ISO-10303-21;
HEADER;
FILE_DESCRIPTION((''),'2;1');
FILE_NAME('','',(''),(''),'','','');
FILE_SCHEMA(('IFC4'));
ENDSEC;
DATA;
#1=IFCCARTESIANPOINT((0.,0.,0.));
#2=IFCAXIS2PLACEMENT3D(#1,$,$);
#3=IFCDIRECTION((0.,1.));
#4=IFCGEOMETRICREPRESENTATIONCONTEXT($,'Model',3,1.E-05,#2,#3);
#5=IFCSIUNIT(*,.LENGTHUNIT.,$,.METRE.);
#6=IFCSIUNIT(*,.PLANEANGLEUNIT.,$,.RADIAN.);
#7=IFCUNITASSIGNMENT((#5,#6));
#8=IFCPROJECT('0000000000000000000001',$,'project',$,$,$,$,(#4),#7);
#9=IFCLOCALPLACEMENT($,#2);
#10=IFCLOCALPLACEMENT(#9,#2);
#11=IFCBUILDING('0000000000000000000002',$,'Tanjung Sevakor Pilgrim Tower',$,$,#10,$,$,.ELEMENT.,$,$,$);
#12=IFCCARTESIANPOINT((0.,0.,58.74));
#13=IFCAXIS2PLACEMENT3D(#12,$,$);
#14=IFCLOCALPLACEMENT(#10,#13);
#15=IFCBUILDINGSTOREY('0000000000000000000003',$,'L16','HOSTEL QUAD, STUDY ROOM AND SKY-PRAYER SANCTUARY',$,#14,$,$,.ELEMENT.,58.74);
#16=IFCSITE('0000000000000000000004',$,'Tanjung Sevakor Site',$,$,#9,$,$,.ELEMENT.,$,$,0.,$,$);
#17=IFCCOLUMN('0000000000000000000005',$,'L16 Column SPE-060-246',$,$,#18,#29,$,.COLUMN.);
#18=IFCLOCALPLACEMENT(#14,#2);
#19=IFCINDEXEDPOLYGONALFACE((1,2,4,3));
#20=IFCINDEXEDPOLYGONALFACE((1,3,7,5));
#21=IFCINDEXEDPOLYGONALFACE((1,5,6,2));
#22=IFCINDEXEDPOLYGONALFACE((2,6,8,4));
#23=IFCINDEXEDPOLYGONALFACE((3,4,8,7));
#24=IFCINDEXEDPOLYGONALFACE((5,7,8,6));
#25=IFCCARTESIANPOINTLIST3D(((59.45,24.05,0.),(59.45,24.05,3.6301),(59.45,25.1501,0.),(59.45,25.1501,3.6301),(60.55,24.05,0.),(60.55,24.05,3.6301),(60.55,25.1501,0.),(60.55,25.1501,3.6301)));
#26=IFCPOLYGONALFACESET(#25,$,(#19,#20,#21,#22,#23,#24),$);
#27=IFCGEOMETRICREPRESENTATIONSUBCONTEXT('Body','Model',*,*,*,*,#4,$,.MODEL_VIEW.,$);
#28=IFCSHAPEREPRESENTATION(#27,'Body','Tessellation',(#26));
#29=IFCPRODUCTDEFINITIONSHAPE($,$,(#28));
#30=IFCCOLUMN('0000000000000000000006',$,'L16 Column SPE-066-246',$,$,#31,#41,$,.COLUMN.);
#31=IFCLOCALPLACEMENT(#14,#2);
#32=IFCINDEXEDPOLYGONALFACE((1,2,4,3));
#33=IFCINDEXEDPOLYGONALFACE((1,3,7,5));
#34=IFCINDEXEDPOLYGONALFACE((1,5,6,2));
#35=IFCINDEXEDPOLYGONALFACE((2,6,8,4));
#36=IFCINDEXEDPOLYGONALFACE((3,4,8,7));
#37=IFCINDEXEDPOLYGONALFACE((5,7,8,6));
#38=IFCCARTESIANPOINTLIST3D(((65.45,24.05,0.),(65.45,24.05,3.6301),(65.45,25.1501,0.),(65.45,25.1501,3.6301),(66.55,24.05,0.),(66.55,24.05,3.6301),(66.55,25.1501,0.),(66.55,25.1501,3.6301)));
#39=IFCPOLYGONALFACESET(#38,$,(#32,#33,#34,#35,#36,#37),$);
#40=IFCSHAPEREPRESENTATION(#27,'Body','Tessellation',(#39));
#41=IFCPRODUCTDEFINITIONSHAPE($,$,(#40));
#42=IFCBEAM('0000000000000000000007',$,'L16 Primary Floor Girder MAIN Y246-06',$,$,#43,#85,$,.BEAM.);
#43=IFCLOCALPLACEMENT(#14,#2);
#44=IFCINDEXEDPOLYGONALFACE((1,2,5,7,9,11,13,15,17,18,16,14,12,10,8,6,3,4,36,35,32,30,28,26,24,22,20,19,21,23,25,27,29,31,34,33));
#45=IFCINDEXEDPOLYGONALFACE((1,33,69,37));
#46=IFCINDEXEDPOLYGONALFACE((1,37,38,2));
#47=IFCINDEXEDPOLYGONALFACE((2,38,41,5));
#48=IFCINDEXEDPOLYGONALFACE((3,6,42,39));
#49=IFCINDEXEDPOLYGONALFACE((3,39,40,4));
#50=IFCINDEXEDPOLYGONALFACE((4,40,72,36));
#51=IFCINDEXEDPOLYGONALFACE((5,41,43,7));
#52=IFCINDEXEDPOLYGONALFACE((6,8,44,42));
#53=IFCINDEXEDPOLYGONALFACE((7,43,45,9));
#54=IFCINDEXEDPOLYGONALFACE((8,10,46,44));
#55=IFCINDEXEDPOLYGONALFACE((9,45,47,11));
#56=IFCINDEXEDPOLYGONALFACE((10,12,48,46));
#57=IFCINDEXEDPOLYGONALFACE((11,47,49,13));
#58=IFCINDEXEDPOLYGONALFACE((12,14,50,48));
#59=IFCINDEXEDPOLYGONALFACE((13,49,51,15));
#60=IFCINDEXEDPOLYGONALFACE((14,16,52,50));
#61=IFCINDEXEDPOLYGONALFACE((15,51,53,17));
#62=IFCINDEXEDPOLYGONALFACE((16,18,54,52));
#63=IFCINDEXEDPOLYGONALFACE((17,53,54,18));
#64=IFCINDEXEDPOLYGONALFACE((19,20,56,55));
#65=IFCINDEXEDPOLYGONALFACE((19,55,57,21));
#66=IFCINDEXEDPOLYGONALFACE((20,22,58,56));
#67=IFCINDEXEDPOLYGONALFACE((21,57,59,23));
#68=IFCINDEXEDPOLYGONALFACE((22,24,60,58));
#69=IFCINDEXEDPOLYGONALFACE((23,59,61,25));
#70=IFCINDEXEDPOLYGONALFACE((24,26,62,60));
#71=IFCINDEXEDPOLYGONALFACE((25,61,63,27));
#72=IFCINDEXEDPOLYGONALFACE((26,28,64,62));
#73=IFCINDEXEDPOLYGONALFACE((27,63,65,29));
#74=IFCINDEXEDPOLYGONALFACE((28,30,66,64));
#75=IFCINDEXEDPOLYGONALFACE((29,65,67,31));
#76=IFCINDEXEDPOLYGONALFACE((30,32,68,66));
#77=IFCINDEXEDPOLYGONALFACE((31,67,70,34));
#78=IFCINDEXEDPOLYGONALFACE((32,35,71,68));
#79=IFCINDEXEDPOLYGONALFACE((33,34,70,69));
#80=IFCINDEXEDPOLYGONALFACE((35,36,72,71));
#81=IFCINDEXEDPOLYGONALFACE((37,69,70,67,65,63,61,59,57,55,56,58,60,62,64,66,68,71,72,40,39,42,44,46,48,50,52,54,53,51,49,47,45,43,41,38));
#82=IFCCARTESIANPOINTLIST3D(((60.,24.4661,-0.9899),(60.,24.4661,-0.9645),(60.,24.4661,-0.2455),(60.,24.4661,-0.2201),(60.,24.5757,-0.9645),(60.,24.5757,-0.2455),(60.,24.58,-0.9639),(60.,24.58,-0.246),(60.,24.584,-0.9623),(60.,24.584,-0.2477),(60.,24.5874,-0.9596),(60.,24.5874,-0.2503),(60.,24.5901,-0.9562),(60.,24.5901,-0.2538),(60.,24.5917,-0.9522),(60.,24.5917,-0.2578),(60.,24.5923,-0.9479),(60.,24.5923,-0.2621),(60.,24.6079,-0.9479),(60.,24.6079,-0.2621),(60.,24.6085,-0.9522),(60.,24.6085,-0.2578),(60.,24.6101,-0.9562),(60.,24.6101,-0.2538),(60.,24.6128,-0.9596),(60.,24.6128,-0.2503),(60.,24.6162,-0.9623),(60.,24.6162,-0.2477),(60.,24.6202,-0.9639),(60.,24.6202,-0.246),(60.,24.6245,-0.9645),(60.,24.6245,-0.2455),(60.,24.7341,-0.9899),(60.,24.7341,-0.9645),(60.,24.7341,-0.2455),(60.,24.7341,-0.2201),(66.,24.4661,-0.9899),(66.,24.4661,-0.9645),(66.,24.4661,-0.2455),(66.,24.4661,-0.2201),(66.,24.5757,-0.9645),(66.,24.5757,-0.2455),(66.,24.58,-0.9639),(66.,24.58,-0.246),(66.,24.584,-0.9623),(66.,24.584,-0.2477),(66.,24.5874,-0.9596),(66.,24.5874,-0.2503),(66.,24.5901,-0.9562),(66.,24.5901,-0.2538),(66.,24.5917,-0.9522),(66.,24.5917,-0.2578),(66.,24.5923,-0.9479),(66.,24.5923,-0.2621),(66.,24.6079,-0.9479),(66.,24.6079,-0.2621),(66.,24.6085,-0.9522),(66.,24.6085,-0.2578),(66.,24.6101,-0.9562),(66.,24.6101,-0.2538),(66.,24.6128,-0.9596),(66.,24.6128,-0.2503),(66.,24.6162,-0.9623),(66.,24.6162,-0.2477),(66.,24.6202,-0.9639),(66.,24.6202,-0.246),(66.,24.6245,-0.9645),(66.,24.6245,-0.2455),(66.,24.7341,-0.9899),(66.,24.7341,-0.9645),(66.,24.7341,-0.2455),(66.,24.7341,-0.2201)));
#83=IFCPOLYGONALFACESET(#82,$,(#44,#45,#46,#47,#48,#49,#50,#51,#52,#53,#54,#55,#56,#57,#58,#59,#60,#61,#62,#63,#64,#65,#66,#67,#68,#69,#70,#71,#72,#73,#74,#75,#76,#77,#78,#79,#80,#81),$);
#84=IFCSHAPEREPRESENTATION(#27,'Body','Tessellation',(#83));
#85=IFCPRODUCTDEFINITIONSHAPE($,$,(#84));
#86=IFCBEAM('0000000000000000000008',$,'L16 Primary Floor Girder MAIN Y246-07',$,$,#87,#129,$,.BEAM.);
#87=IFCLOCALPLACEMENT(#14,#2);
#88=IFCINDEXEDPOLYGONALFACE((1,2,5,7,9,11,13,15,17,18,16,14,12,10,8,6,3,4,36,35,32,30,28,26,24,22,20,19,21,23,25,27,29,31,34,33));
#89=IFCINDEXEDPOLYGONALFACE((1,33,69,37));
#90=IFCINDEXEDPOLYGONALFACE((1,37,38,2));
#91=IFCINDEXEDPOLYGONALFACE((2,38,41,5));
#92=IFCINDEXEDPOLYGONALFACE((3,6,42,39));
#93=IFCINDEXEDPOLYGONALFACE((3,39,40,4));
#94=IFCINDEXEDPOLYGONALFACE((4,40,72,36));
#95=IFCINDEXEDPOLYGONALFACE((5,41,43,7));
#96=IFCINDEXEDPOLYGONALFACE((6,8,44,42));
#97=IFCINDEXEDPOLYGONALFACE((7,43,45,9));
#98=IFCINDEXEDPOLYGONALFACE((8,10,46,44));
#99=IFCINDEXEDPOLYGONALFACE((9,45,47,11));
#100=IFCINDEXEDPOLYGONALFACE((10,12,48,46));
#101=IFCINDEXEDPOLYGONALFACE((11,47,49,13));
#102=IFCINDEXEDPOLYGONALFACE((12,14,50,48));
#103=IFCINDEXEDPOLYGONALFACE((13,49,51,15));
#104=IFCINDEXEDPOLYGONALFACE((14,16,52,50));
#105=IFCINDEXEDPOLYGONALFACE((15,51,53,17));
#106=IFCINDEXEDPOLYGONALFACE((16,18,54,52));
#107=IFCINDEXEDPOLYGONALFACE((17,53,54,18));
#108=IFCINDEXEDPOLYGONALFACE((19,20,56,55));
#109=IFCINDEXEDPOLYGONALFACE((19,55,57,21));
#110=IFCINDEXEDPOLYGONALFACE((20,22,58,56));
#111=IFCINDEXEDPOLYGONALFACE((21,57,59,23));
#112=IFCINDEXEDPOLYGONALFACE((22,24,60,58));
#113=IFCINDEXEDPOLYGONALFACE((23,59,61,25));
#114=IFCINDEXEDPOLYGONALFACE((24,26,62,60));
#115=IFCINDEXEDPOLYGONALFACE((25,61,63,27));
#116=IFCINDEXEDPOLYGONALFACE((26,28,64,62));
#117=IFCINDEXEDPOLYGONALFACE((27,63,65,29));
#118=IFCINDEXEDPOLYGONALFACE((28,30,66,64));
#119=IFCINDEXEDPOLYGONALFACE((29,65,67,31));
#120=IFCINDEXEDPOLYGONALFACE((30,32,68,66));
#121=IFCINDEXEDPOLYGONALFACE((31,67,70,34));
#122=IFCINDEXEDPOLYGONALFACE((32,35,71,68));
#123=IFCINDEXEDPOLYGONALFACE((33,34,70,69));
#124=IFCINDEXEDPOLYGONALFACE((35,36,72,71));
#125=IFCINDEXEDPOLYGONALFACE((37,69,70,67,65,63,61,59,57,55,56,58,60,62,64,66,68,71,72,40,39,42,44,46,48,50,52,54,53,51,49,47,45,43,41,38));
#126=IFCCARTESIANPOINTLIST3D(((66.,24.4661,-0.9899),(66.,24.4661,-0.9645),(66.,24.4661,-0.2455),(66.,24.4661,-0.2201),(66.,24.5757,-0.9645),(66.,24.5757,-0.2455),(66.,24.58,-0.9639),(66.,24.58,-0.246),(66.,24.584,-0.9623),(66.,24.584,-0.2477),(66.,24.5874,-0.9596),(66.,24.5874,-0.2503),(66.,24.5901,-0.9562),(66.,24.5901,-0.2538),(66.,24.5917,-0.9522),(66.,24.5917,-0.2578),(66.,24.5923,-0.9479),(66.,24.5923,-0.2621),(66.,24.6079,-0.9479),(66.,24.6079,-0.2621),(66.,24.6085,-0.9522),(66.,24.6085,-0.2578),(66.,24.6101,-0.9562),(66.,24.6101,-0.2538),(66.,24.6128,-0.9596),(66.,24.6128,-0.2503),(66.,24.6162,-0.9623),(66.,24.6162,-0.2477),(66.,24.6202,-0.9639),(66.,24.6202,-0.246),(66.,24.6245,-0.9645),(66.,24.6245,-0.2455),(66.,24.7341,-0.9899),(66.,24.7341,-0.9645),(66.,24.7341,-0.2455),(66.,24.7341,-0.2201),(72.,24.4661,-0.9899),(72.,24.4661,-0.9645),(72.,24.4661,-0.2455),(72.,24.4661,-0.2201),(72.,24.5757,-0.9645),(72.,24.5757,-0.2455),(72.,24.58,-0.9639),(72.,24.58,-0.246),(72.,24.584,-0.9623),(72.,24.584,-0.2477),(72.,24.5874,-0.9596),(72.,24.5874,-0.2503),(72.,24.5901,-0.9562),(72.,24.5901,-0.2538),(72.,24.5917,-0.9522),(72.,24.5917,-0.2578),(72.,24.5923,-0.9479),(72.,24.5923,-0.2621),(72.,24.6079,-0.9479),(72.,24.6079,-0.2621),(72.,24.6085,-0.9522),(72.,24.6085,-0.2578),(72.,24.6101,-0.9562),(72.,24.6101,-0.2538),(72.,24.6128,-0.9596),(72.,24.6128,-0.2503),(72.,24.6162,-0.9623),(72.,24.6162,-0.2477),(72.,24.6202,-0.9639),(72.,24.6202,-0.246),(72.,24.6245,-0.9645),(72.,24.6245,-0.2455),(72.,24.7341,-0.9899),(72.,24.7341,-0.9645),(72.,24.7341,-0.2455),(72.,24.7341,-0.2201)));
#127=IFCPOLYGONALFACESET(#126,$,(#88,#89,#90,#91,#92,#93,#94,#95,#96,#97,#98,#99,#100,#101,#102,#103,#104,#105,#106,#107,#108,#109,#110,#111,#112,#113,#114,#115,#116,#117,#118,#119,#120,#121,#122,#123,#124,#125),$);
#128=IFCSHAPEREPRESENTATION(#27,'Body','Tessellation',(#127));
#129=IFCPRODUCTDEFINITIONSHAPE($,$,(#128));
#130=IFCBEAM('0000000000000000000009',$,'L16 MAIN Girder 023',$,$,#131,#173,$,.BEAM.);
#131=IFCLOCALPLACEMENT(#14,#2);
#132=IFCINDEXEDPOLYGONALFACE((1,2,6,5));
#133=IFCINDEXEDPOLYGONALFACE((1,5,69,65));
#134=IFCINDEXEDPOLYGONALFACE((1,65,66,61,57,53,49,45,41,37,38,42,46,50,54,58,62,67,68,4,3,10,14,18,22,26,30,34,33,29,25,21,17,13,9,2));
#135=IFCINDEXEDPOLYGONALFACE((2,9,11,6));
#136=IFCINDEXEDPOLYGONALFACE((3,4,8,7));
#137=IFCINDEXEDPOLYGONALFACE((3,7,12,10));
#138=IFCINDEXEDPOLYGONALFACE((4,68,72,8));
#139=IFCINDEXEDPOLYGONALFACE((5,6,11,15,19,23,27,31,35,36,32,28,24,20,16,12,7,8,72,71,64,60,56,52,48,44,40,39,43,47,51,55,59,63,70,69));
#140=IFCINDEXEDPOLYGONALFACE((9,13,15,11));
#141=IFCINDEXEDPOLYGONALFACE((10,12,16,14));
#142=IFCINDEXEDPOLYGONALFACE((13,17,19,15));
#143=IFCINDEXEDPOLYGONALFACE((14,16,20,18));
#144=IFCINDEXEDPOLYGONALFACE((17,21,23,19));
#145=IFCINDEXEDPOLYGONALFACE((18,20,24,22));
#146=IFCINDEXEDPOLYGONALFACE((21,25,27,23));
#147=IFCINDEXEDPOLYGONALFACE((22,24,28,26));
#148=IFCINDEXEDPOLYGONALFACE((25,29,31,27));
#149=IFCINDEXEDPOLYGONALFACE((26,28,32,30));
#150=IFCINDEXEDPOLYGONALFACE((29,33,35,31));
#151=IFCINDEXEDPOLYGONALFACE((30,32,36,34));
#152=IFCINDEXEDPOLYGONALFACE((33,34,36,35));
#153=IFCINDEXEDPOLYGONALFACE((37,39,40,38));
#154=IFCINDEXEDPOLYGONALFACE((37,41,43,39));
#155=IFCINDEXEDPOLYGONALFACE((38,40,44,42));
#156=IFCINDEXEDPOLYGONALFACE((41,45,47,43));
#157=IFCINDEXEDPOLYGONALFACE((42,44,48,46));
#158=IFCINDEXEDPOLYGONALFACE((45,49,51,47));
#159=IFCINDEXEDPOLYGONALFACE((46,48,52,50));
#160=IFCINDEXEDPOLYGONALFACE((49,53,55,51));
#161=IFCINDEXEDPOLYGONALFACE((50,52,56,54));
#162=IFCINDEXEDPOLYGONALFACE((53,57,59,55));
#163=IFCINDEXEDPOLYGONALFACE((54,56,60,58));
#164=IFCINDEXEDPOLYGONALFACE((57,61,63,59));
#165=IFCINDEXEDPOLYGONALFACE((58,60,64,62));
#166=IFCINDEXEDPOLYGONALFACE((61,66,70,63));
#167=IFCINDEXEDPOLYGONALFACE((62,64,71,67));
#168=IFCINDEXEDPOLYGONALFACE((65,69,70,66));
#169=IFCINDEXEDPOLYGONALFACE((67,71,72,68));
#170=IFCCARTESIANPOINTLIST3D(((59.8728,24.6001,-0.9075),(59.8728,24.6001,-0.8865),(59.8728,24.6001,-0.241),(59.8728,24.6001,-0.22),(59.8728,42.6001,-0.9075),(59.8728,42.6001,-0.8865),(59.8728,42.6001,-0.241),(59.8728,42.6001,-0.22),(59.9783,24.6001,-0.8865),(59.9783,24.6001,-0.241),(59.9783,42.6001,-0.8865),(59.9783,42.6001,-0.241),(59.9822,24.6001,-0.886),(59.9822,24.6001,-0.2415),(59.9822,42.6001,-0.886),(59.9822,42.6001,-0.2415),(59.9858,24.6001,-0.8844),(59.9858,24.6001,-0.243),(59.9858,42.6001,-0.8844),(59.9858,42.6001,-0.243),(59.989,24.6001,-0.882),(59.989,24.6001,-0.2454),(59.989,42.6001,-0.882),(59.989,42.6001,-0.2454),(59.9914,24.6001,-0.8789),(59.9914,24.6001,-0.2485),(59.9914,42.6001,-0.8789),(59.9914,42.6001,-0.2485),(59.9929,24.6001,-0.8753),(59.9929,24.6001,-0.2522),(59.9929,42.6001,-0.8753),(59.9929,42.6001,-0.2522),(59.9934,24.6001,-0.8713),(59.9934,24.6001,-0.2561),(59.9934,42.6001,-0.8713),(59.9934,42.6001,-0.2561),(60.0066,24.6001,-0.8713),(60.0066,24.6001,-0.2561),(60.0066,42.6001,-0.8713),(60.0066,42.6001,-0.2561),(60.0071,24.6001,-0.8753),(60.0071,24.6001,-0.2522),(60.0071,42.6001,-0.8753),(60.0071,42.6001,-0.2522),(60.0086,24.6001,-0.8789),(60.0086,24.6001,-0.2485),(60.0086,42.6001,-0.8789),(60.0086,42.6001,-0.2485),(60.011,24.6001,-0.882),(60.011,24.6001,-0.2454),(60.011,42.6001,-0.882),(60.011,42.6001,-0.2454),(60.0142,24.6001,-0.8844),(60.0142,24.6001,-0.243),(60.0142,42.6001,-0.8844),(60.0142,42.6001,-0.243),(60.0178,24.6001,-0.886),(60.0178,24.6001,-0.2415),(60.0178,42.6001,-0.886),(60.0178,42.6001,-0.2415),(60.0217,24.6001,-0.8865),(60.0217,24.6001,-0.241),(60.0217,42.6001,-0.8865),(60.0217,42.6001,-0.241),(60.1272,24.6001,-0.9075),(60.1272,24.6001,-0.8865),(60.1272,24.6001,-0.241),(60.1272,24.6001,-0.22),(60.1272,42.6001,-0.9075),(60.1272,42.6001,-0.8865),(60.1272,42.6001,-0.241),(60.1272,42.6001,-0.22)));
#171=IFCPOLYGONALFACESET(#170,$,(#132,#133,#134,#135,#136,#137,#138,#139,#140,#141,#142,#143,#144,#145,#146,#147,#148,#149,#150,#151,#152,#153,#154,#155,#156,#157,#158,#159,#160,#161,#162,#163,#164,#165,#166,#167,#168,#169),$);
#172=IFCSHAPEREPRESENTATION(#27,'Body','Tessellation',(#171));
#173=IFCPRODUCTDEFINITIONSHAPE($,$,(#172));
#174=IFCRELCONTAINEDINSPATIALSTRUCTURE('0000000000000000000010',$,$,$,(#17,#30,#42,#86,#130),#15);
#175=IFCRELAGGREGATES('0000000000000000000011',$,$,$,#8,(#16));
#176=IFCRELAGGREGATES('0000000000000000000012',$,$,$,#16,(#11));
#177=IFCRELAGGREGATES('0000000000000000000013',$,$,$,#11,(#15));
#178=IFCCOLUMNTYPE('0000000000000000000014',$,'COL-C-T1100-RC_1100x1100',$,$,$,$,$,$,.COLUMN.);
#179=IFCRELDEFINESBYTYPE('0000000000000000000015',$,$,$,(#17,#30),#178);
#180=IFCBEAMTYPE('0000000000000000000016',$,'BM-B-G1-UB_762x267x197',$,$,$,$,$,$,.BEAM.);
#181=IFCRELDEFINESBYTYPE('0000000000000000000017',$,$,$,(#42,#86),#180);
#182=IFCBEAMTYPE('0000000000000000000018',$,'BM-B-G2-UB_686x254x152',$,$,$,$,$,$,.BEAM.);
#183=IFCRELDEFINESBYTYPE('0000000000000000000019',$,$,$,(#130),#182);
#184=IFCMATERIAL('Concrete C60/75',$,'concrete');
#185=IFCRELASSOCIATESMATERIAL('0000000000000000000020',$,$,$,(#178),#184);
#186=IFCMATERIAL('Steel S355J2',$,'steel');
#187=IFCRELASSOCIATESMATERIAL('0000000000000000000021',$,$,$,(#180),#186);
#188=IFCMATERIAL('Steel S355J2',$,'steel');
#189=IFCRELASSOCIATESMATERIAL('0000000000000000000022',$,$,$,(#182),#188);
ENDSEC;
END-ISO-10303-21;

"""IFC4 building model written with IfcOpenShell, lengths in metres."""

from ifc_helpers import new_model, si_unit, direction, frame, origin, origin_2d, place, context, subcontext, project, spatial, rectangle, i_section, extrude, material, material_profile, profile_set, type_object, element, save


model = new_model("IFC4")

# Units and contexts
model_context = context("Model", 3, precision=1e-05, world=origin(), true_north=direction((0.0, 1.0)))
body_context = subcontext(model_context, "Body", "Model", "MODEL_VIEW")
ifc_project = project(units=[si_unit("LENGTHUNIT", "METRE"), si_unit("PLANEANGLEUNIT", "RADIAN")], contexts=[model_context])

# Site, building, storey
site_placement = place(None, origin())
site = spatial("IfcSite", under=ifc_project, at=site_placement, Name="Tanjung Sevakor Site", CompositionType="ELEMENT", RefElevation=0.0)
building_placement = place(site_placement, origin())
building = spatial("IfcBuilding", under=site, at=building_placement, Name="Tanjung Sevakor Pilgrim Tower", CompositionType="ELEMENT")
storey_placement = place(building_placement, frame((0.0, 0.0, 58.74)))
storey = spatial("IfcBuildingStorey", under=building, at=storey_placement, Name="L16", Description="HOSTEL QUAD, STUDY ROOM AND SKY-PRAYER SANCTUARY", CompositionType="ELEMENT", Elevation=58.74)

# Columns
ifc_material_1 = material(Name="Concrete C60/75", Category="concrete")
ifc_material_profile_1 = material_profile(ifc_material_1, rectangle(XDim=1.1001, YDim=1.1001, at=origin_2d()))
ifc_profile_set_1 = profile_set([ifc_material_profile_1], Name="Concrete C60/75")
column_type = type_object("IfcColumnType", Name="COL-C-T1100-RC_1100x1100", PredefinedType="COLUMN", material=ifc_profile_set_1)
for number, where, z_axis, x_axis, name in (
    (1, (60.0, 24.6001, 0.0), (0.0, 0.0, 1.0), (1.0, 0.0, 0.0), "L16 Column SPE-060-246"),
    (2, (66.0, 24.6001, 0.0), (0.0, 0.0, 1.0), (1.0, 0.0, 0.0), "L16 Column SPE-066-246"),
):
    element("IfcColumn", number, at=place(storey_placement, frame(where, z_axis=z_axis, x_axis=x_axis)), inside=storey, type_object=column_type, Name=name, PredefinedType="COLUMN", context=body_context, shape_type="SweptSolid", body=[
        extrude(rectangle(XDim=1.1001, YDim=1.1001, at=origin_2d()), origin(), (0.0, 0.0, 1.0), 3.6301),
    ])

# Beams
ifc_material_2 = material(Name="Steel S355J2", Category="steel")
ifc_material_profile_2 = material_profile(ifc_material_2, i_section(OverallWidth=0.2681, OverallDepth=0.7698, WebThickness=0.0156, FlangeThickness=0.0254, FilletRadius=0.0166, at=origin_2d()))
ifc_profile_set_2 = profile_set([ifc_material_profile_2], Name="Steel S355J2")
beam_type_1 = type_object("IfcBeamType", Name="BM-B-G1-UB_762x267x197", PredefinedType="BEAM", material=ifc_profile_set_2)
for number, where, z_axis, x_axis, name in (
    (3, (60.0, 24.6001, -0.605), (1.0, 0.0, 0.0), (0.0, 1.0, 0.0), "L16 Primary Floor Girder MAIN Y246-06"),
    (4, (66.0, 24.6001, -0.605), (1.0, 0.0, 0.0), (0.0, 1.0, 0.0), "L16 Primary Floor Girder MAIN Y246-07"),
):
    element("IfcBeam", number, at=place(storey_placement, frame(where, z_axis=z_axis, x_axis=x_axis)), inside=storey, type_object=beam_type_1, Name=name, PredefinedType="BEAM", context=body_context, shape_type="SweptSolid", body=[
        extrude(i_section(OverallWidth=0.2681, OverallDepth=0.7698, WebThickness=0.0156, FlangeThickness=0.0254, FilletRadius=0.0166, at=origin_2d()), origin(), (0.0, 0.0, 1.0), 6.0),
    ])
ifc_material_3 = material(Name="Steel S355J2", Category="steel")
ifc_material_profile_3 = material_profile(ifc_material_3, i_section(OverallWidth=0.2544, OverallDepth=0.6875, WebThickness=0.0132, FlangeThickness=0.021, FilletRadius=0.0151, at=origin_2d()))
ifc_profile_set_3 = profile_set([ifc_material_profile_3], Name="Steel S355J2")
beam_type_2 = type_object("IfcBeamType", Name="BM-B-G2-UB_686x254x152", PredefinedType="BEAM", material=ifc_profile_set_3)
for number, where, z_axis, x_axis, name in (
    (5, (60.0, 24.6001, -0.5637), (0.0, 1.0, 0.0), (-1.0, 0.0, 0.0), "L16 MAIN Girder 023"),
):
    element("IfcBeam", number, at=place(storey_placement, frame(where, z_axis=z_axis, x_axis=x_axis)), inside=storey, type_object=beam_type_2, Name=name, PredefinedType="BEAM", context=body_context, shape_type="SweptSolid", body=[
        extrude(i_section(OverallWidth=0.2544, OverallDepth=0.6875, WebThickness=0.0132, FlangeThickness=0.021, FilletRadius=0.0151, at=origin_2d()), origin(), (0.0, 0.0, 1.0), 18.0),
    ])

save(model, "model.ifc")
